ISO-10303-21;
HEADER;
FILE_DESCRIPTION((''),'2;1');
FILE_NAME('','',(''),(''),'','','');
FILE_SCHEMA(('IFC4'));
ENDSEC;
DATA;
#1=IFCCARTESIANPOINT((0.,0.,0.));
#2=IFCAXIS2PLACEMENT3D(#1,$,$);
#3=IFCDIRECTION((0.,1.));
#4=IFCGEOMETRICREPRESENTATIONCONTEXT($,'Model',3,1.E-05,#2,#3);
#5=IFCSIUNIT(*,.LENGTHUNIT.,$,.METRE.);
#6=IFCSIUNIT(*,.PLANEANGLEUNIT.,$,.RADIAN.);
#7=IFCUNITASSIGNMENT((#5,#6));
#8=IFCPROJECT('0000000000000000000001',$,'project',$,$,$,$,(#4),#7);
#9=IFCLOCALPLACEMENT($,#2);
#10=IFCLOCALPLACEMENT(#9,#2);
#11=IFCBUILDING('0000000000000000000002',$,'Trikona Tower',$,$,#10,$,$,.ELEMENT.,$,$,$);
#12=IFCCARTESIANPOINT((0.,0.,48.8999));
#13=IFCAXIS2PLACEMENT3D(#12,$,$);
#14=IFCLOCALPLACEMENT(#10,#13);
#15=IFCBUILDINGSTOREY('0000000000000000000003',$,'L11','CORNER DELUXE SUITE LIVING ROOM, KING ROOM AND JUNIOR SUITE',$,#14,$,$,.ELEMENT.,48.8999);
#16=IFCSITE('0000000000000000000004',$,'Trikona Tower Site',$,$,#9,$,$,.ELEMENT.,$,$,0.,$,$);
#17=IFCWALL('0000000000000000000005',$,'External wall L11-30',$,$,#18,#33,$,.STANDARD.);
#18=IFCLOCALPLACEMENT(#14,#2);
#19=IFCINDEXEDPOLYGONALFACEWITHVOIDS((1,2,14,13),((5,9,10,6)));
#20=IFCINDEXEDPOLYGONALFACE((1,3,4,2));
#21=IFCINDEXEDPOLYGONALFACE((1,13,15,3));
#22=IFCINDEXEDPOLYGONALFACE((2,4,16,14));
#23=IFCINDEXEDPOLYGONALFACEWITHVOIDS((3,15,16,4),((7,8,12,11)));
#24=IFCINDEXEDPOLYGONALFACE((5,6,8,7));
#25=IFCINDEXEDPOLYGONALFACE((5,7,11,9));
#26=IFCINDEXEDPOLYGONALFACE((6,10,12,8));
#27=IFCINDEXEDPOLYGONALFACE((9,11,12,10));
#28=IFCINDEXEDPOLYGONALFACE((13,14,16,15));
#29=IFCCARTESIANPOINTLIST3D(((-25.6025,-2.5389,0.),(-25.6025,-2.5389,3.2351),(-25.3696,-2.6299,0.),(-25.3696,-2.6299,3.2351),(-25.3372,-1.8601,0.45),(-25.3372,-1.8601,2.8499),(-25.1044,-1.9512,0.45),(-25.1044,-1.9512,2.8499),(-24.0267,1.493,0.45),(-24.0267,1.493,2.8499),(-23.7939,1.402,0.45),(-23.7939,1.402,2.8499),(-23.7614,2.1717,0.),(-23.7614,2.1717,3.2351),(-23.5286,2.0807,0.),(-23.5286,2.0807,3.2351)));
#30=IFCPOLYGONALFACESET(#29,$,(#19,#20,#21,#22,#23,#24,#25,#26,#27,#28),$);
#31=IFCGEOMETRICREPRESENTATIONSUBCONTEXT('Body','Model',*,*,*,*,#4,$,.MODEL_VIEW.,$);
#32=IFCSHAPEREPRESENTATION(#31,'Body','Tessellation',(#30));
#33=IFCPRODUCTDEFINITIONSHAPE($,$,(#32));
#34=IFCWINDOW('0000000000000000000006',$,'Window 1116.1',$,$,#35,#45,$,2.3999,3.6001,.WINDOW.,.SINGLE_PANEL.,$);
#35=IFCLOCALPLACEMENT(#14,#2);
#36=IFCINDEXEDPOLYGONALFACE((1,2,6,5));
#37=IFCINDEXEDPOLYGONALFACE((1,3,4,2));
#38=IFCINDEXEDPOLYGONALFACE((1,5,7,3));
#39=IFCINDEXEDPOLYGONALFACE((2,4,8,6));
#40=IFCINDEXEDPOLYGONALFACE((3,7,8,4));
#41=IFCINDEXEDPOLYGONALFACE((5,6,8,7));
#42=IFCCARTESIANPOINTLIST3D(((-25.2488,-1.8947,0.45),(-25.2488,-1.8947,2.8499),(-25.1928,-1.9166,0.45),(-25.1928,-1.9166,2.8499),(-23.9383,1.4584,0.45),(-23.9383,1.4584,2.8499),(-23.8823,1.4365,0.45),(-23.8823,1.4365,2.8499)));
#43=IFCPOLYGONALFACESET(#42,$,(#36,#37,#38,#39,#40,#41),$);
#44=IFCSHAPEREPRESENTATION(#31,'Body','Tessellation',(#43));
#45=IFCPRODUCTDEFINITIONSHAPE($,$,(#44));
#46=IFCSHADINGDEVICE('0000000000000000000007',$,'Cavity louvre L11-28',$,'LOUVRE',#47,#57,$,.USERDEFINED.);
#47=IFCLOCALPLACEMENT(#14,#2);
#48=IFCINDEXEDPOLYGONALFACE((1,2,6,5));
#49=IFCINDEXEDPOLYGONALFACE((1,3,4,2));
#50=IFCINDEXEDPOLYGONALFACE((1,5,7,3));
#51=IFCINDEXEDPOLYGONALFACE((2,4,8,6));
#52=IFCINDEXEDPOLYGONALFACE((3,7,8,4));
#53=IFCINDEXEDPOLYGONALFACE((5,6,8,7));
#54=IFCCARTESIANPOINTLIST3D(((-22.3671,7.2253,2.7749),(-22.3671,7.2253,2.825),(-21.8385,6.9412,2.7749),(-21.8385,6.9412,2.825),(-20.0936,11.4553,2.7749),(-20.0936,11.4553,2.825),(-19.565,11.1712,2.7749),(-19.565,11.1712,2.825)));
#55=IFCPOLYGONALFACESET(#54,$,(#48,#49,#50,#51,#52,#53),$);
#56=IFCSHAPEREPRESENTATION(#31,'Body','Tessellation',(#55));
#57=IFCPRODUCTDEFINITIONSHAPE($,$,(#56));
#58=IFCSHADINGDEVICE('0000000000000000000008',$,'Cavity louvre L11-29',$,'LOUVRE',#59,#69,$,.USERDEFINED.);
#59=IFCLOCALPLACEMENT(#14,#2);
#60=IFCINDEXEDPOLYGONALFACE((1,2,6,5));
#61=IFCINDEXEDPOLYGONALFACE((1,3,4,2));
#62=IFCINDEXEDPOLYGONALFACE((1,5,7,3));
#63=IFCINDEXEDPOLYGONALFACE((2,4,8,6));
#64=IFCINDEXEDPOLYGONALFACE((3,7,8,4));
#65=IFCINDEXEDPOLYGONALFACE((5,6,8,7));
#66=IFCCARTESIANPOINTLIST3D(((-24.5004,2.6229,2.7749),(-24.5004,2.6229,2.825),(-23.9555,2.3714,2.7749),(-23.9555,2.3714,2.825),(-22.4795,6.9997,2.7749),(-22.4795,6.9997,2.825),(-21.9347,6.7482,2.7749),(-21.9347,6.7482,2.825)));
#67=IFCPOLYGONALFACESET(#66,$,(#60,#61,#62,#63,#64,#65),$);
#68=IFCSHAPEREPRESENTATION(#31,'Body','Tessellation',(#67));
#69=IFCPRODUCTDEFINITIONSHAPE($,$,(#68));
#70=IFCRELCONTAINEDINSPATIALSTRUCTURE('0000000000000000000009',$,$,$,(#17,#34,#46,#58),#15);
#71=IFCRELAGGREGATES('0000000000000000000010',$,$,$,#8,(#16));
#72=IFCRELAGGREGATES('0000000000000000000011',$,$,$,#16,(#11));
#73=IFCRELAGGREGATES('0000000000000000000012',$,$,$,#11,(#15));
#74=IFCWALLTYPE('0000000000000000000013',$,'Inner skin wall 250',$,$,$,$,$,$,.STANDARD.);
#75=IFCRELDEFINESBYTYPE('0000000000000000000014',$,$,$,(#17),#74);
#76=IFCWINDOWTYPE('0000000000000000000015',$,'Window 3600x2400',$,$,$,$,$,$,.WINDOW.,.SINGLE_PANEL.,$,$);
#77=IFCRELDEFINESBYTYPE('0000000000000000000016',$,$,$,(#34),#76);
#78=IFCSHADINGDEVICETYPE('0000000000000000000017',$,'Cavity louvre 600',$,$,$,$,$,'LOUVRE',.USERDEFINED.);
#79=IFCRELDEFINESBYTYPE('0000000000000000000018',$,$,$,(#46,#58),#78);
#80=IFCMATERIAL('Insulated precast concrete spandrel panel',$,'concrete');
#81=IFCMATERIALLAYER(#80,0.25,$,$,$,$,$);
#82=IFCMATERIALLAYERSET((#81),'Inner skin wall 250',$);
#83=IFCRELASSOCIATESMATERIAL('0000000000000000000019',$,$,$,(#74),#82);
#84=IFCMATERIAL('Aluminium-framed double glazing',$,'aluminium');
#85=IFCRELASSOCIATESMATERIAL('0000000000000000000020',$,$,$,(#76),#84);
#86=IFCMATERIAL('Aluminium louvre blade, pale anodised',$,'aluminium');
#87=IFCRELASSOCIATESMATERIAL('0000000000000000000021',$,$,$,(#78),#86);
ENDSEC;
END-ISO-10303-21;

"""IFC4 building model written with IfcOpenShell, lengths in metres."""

from ifc_helpers import new_model, si_unit, direction, frame, frame_2d, origin, origin_2d, place, context, subcontext, project, spatial, rectangle, extrude, material, layer, layer_set, type_object, element, fill, save


model = new_model("IFC4")

# Units and contexts
model_context = context("Model", 3, precision=1e-05, world=origin(), true_north=direction((0.0, 1.0)))
body_context = subcontext(model_context, "Body", "Model", "MODEL_VIEW")
ifc_project = project(units=[si_unit("LENGTHUNIT", "METRE"), si_unit("PLANEANGLEUNIT", "RADIAN")], contexts=[model_context])

# Site, building, storey
site_placement = place(None, origin())
site = spatial("IfcSite", under=ifc_project, at=site_placement, Name="Trikona Tower Site", CompositionType="ELEMENT", RefElevation=0.0)
building_placement = place(site_placement, origin())
building = spatial("IfcBuilding", under=site, at=building_placement, Name="Trikona Tower", CompositionType="ELEMENT")
storey_placement = place(building_placement, frame((0.0, 0.0, 48.8999)))
storey = spatial("IfcBuildingStorey", under=building, at=storey_placement, Name="L11", Description="CORNER DELUXE SUITE LIVING ROOM, KING ROOM AND JUNIOR SUITE", CompositionType="ELEMENT", Elevation=48.8999)

# Wall, opening, window
ifc_material_1 = material(Name="Insulated precast concrete spandrel panel", Category="concrete")
ifc_layer_1 = layer(ifc_material_1, 0.25)
ifc_layer_set_1 = layer_set([ifc_layer_1], Name="Inner skin wall 250")
wall_type = type_object("IfcWallType", Name="Inner skin wall 250", PredefinedType="STANDARD", material=ifc_layer_set_1)
ifc_material_2 = material(Name="Aluminium-framed double glazing", Category="aluminium")
window_type = type_object("IfcWindowType", Name="Window 3600x2400", PartitioningType="SINGLE_PANEL", PredefinedType="WINDOW", material=ifc_material_2)
wall_1_placement = place(storey_placement, frame((-23.645, 2.1262, 0.0), z_axis=(0.0, 0.0, 1.0), x_axis=(-0.364013, -0.931394, 0.0)))
wall_1 = element("IfcWall", 1, at=wall_1_placement, inside=storey, type_object=wall_type, Name="External wall L11-30", PredefinedType="STANDARD", context=body_context, shape_type="SweptSolid", body=[
    extrude(rectangle(XDim=5.0576, YDim=0.25, at=frame_2d((2.5288, 0.0))), origin(), (0.0, 0.0, 1.0), 3.2351),
])
opening_1_placement = place(wall_1_placement, frame((0.7288, 0.0, 0.45)))
opening_1 = element("IfcOpeningElement", 2, at=opening_1_placement, cuts=wall_1, PredefinedType="OPENING", context=body_context, shape_type="SweptSolid", body=[
    extrude(rectangle(XDim=3.6001, YDim=2.3999, at=frame_2d((1.8, 1.2))), frame((0.0, 0.135, 0.0), z_axis=(0.0, -1.0, 0.0), x_axis=(1.0, 0.0, 0.0)), (0.0, 0.0, 1.0), 0.27),
])
window_1_placement = place(opening_1_placement, origin())
window_1 = element("IfcWindow", 3, at=window_1_placement, inside=storey, type_object=window_type, Name="Window 1116.1", OverallHeight=2.3999, OverallWidth=3.6001, PartitioningType="SINGLE_PANEL", PredefinedType="WINDOW", context=body_context, shape_type="SweptSolid", body=[
    extrude(rectangle(XDim=3.6001, YDim=2.3999, at=frame_2d((1.8, 1.2))), frame((0.0, 0.03, 0.0), z_axis=(0.0, -1.0, 0.0), x_axis=(1.0, 0.0, 0.0)), (0.0, 0.0, 1.0), 0.0601),
])
fill(opening_1, window_1)

# Shading devices
ifc_material_3 = material(Name="Aluminium louvre blade, pale anodised", Category="aluminium")
shading_device_type = type_object("IfcShadingDeviceType", Name="Cavity louvre 600", ElementType="LOUVRE", PredefinedType="USERDEFINED", material=ifc_material_3)
shading_device_1_placement = place(storey_placement, frame((-20.9661, 9.1982, 2.7749), z_axis=(0.0, 0.0, 1.0), x_axis=(-0.473423, -0.880835, 0.0)))
element("IfcShadingDevice", 4, at=shading_device_1_placement, inside=storey, type_object=shading_device_type, Name="Cavity louvre L11-28", ObjectType="LOUVRE", PredefinedType="USERDEFINED", context=body_context, shape_type="SweptSolid", body=[
    extrude(rectangle(XDim=4.8022, YDim=0.6001, at=origin_2d()), origin(), (0.0, 0.0, 1.0), 0.05),
])
shading_device_2_placement = place(storey_placement, frame((-23.2175, 4.6855, 2.7749), z_axis=(0.0, 0.0, 1.0), x_axis=(-0.419194, -0.907897, 0.0)))
element("IfcShadingDevice", 5, at=shading_device_2_placement, inside=storey, type_object=shading_device_type, Name="Cavity louvre L11-29", ObjectType="LOUVRE", PredefinedType="USERDEFINED", context=body_context, shape_type="SweptSolid", body=[
    extrude(rectangle(XDim=4.8208, YDim=0.6001, at=origin_2d()), origin(), (0.0, 0.0, 1.0), 0.05),
])

save(model, "model.ifc")
